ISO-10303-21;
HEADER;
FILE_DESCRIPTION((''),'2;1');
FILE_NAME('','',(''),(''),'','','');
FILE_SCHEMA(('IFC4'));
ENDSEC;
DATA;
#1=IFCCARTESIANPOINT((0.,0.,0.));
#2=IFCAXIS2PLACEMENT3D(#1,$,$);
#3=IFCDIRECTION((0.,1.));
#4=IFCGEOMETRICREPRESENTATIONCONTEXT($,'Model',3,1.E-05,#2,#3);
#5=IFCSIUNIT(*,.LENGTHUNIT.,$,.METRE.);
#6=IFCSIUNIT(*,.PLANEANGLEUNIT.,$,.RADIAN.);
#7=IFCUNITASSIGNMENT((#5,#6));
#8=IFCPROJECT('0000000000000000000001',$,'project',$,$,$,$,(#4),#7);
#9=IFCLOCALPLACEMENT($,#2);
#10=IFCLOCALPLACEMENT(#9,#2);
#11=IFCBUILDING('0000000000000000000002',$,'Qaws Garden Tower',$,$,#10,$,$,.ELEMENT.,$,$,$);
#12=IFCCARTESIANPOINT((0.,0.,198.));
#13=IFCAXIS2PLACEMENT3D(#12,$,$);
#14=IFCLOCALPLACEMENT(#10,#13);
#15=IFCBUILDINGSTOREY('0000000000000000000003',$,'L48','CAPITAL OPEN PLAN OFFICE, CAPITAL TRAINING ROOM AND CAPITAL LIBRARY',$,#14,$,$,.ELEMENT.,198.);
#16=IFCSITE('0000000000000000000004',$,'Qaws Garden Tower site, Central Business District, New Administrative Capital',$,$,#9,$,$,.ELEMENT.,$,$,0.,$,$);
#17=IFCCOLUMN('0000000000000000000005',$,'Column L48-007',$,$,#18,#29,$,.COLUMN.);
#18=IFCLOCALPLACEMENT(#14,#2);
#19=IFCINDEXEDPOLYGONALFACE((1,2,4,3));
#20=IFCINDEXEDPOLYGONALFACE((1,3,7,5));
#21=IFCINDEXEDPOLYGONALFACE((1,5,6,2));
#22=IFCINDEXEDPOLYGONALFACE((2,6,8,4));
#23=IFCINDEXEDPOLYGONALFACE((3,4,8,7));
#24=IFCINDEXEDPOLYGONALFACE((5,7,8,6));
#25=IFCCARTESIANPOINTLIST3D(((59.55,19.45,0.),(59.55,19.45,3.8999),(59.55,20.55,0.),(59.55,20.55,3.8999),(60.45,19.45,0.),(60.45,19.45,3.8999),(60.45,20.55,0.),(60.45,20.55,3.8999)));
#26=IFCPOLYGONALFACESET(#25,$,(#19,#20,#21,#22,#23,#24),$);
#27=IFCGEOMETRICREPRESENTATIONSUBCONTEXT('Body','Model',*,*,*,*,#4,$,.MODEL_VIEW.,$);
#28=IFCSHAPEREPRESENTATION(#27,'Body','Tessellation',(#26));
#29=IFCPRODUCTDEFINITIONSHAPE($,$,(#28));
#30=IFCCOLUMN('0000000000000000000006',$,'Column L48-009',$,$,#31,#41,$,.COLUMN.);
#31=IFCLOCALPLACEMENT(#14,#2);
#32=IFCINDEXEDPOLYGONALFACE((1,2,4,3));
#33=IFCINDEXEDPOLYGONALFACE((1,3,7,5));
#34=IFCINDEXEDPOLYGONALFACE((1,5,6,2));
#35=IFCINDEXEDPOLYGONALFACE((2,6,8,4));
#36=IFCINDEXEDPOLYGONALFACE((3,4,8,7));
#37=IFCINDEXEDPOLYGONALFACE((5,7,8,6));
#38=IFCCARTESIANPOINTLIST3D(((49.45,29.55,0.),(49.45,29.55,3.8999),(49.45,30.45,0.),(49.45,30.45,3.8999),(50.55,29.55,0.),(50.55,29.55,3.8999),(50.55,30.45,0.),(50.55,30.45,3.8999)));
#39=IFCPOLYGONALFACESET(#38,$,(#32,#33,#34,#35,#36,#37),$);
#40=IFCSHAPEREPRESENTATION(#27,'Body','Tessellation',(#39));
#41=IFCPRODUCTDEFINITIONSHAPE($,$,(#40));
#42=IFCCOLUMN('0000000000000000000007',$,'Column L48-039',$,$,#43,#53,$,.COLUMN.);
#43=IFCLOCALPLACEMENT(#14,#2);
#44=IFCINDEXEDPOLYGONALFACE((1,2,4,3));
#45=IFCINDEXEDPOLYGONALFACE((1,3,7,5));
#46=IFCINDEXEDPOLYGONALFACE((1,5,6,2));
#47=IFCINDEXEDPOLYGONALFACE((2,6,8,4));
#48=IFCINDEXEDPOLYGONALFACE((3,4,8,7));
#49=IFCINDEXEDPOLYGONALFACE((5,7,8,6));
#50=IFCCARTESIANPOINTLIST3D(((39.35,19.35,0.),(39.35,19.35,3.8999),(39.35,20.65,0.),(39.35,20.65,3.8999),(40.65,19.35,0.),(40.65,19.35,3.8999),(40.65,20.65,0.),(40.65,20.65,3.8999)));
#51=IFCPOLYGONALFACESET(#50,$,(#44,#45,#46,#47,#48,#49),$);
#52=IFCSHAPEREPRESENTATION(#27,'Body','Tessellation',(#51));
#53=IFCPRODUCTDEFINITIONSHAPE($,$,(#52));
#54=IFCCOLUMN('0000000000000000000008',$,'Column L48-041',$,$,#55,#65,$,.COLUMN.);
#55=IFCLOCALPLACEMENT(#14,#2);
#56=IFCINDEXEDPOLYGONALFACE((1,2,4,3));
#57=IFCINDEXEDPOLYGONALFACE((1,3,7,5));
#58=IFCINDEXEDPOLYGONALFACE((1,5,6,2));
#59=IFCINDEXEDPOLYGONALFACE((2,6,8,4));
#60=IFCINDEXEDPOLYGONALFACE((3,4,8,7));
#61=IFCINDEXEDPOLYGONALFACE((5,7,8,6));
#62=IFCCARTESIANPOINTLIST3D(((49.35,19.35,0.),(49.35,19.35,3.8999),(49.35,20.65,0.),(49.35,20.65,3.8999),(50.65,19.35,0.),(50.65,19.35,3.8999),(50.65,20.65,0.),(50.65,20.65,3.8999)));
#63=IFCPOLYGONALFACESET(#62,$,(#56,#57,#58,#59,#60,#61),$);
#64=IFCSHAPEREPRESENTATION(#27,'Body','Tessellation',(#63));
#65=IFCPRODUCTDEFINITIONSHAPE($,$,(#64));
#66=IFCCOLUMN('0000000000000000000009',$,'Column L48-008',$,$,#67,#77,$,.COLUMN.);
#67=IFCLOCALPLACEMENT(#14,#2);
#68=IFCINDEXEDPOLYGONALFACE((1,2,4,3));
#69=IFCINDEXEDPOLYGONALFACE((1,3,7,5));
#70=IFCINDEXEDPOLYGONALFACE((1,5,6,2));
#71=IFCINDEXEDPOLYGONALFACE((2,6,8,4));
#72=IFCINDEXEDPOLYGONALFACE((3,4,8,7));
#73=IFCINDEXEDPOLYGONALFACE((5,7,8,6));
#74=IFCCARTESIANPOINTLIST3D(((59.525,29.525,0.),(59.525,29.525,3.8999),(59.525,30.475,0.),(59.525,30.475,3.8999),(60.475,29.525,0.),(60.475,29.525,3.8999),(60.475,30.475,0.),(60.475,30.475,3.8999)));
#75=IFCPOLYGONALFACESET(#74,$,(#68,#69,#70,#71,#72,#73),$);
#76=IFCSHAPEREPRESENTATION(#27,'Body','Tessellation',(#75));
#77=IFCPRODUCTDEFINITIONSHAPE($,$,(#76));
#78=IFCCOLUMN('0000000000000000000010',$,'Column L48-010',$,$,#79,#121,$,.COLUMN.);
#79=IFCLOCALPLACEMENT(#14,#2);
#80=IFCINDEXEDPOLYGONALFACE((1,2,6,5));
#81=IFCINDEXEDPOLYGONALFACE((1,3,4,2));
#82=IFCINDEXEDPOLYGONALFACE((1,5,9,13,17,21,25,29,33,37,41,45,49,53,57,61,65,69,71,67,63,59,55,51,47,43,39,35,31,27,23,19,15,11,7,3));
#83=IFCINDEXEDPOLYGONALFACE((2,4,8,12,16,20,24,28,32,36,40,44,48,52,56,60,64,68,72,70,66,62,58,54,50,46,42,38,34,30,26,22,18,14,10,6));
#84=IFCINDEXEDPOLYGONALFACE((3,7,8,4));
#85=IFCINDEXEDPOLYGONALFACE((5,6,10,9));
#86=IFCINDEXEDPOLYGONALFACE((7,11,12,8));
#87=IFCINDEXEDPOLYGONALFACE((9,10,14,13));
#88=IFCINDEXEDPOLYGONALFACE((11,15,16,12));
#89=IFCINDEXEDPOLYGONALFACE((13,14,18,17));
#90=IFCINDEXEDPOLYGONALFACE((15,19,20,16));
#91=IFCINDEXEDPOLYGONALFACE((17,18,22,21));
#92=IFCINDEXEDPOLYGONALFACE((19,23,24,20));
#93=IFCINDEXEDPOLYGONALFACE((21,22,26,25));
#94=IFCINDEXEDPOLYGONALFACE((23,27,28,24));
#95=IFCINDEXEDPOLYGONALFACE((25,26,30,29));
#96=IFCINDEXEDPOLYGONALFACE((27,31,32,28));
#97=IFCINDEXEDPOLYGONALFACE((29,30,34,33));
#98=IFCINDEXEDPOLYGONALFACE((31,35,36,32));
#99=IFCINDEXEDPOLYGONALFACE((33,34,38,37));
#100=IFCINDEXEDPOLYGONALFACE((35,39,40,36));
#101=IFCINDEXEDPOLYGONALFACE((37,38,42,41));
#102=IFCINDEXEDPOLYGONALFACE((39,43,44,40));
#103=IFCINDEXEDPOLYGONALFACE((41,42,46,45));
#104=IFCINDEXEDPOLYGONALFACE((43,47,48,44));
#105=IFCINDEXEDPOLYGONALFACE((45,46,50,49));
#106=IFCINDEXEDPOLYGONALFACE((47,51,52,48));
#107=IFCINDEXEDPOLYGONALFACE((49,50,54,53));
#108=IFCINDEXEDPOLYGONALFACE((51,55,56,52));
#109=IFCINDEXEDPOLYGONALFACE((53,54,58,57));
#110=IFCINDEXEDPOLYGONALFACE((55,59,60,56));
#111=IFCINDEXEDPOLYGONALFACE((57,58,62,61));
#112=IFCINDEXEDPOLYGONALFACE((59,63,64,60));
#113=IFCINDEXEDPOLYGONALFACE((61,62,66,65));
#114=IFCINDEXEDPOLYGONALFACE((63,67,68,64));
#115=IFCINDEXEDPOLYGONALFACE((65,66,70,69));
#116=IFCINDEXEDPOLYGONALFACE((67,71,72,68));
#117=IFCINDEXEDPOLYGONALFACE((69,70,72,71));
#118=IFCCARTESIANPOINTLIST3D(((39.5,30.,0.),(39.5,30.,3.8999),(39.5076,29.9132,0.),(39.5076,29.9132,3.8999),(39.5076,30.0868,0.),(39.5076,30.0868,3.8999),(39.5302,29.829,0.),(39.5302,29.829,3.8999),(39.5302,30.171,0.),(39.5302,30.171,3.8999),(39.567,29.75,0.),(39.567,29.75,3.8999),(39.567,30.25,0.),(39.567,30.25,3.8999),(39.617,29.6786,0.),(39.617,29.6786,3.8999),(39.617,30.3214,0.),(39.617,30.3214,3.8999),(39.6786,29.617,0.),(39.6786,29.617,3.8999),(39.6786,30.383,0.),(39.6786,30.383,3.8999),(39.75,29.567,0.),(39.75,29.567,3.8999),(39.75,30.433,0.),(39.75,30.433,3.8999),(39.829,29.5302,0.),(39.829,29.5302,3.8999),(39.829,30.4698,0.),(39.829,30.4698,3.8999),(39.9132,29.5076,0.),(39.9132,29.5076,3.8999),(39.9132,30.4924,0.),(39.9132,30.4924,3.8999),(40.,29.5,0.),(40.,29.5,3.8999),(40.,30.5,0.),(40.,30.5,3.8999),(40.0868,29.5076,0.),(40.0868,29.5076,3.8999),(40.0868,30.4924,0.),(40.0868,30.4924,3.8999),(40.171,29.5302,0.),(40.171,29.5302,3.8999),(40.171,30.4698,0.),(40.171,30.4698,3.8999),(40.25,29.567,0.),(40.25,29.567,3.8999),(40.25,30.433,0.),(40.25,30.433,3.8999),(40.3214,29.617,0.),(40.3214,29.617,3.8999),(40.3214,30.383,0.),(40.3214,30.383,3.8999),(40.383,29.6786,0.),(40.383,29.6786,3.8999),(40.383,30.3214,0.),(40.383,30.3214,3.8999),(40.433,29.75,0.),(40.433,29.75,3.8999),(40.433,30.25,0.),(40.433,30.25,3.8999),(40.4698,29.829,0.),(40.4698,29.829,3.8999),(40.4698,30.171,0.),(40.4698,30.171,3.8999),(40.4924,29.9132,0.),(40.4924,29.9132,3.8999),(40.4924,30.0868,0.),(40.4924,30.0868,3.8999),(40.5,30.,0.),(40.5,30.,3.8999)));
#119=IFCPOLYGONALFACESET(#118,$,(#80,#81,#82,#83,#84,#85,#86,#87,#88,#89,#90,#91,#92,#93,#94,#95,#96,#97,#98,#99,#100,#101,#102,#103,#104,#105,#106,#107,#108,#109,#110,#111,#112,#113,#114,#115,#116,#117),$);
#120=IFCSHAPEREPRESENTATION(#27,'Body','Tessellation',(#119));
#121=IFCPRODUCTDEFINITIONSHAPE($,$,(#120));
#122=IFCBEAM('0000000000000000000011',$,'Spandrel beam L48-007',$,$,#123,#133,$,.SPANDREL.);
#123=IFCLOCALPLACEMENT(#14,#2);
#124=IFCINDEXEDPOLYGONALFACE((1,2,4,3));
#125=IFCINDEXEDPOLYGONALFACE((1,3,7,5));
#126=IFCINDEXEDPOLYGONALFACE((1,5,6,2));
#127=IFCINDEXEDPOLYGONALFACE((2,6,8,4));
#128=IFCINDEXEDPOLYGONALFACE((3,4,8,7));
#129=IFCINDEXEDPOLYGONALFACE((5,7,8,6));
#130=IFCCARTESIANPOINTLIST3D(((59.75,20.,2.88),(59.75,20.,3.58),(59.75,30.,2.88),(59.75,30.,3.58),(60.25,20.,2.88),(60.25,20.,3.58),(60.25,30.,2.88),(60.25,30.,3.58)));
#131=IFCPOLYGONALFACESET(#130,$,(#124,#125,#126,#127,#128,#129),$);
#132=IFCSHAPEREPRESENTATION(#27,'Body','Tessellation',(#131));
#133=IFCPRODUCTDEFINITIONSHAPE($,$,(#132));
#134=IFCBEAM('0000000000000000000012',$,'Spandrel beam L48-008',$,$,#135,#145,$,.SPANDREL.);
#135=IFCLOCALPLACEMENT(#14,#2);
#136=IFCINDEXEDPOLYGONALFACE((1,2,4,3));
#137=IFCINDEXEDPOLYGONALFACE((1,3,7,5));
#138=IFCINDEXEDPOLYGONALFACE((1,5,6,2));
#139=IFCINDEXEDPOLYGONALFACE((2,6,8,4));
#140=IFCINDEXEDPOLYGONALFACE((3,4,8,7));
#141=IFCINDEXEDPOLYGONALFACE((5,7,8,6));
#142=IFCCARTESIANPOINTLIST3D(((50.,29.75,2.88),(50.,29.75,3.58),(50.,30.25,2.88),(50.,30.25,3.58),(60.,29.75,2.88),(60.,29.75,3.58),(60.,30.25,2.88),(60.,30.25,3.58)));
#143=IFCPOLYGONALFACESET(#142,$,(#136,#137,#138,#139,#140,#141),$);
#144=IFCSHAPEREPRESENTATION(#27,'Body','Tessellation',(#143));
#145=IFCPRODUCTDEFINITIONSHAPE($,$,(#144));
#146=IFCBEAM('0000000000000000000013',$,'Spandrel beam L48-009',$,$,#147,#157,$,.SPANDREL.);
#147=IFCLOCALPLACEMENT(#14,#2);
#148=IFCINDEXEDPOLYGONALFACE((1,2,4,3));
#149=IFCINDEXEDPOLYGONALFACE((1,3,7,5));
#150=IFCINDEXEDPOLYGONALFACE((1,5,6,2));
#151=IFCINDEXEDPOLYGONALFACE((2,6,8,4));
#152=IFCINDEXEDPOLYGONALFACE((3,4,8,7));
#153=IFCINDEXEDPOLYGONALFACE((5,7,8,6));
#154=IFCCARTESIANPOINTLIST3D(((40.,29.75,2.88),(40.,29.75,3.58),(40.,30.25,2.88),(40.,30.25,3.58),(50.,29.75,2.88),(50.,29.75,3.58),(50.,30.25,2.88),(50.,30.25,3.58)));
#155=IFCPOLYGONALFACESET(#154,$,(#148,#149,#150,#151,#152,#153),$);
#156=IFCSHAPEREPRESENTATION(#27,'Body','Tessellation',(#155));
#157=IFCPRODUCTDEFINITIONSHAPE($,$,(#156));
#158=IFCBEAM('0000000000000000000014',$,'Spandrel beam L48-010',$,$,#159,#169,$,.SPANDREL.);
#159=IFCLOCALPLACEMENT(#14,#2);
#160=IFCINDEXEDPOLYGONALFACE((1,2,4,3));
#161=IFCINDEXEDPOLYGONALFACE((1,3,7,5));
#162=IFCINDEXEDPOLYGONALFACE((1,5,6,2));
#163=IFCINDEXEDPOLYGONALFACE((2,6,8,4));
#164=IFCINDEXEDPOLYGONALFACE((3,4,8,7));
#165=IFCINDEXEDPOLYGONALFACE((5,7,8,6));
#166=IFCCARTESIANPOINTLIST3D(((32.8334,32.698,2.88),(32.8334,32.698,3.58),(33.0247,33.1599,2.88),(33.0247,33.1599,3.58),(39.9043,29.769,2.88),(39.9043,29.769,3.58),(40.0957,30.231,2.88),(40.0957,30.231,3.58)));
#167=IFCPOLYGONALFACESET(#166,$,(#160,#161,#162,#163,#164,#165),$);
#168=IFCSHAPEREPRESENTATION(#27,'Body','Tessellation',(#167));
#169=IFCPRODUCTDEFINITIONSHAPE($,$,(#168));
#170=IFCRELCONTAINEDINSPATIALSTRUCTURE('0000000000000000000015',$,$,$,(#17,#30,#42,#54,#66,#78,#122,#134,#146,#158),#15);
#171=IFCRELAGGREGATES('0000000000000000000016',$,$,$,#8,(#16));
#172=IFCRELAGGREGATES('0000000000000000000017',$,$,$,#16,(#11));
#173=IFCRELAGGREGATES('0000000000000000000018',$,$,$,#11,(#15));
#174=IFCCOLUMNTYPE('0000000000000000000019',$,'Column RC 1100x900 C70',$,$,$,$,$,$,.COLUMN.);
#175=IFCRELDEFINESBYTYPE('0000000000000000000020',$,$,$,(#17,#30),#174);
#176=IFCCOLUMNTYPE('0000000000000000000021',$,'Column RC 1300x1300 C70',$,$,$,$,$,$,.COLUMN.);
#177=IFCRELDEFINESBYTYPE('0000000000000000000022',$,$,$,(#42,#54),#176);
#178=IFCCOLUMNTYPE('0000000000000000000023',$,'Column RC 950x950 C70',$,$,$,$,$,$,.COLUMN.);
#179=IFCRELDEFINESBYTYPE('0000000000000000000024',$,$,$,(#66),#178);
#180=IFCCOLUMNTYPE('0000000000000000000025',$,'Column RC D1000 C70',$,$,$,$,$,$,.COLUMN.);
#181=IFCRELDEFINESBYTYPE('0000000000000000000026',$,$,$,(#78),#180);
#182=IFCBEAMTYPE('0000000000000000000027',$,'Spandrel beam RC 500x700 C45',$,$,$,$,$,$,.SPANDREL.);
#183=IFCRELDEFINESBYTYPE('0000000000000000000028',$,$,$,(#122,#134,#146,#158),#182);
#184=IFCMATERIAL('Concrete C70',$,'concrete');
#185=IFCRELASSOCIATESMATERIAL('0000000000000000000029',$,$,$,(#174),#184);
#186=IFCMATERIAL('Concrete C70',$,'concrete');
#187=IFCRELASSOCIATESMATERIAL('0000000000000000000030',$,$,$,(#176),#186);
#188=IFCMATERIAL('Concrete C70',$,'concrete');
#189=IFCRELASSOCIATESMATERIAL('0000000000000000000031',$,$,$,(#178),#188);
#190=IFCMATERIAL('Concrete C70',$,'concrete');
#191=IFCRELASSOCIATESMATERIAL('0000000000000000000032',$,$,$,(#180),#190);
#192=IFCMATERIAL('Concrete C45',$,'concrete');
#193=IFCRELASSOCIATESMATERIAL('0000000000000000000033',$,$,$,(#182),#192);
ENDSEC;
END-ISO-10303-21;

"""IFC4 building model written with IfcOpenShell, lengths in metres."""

from ifc_helpers import new_model, si_unit, direction, frame, origin, origin_2d, place, context, subcontext, project, spatial, rectangle, circle, extrude, material, material_profile, profile_set, type_object, element, save


model = new_model("IFC4")

# Units and contexts
model_context = context("Model", 3, precision=1e-05, world=origin(), true_north=direction((0.0, 1.0)))
body_context = subcontext(model_context, "Body", "Model", "MODEL_VIEW")
ifc_project = project(units=[si_unit("LENGTHUNIT", "METRE"), si_unit("PLANEANGLEUNIT", "RADIAN")], contexts=[model_context])

# Site, building, storey
site_placement = place(None, origin())
site = spatial("IfcSite", under=ifc_project, at=site_placement, Name="Qaws Garden Tower site, Central Business District, New Administrative Capital", CompositionType="ELEMENT", RefElevation=0.0)
building_placement = place(site_placement, origin())
building = spatial("IfcBuilding", under=site, at=building_placement, Name="Qaws Garden Tower", CompositionType="ELEMENT")
storey_placement = place(building_placement, frame((0.0, 0.0, 198.0)))
storey = spatial("IfcBuildingStorey", under=building, at=storey_placement, Name="L48", Description="CAPITAL OPEN PLAN OFFICE, CAPITAL TRAINING ROOM AND CAPITAL LIBRARY", CompositionType="ELEMENT", Elevation=198.0)

# Columns
ifc_material_1 = material(Name="Concrete C70", Category="concrete")
ifc_material_profile_1 = material_profile(ifc_material_1, rectangle(XDim=1.1001, YDim=0.8999, at=origin_2d()), Name="RC 1100x900")
ifc_profile_set_1 = profile_set([ifc_material_profile_1], Name="Concrete C70")
column_type_1 = type_object("IfcColumnType", Name="Column RC 1100x900 C70", PredefinedType="COLUMN", material=ifc_profile_set_1)
for number, where, z_axis, x_axis, name in (
    (1, (60.0, 20.0, 0.0), (0.0, 0.0, 1.0), (0.0, 1.0, 0.0), "Column L48-007"),
    (2, (50.0, 30.0, 0.0), (0.0, 0.0, 1.0), (1.0, 0.0, 0.0), "Column L48-009"),
):
    element("IfcColumn", number, at=place(storey_placement, frame(where, z_axis=z_axis, x_axis=x_axis)), inside=storey, type_object=column_type_1, Name=name, PredefinedType="COLUMN", context=body_context, shape_type="SweptSolid", body=[
        extrude(rectangle(XDim=1.1001, YDim=0.8999, at=origin_2d()), origin(), (0.0, 0.0, 1.0), 3.8999),
    ])
ifc_material_2 = material(Name="Concrete C70", Category="concrete")
ifc_material_profile_2 = material_profile(ifc_material_2, rectangle(XDim=1.3, YDim=1.3, at=origin_2d()), Name="RC 1300x1300")
ifc_profile_set_2 = profile_set([ifc_material_profile_2], Name="Concrete C70")
column_type_2 = type_object("IfcColumnType", Name="Column RC 1300x1300 C70", PredefinedType="COLUMN", material=ifc_profile_set_2)
for number, where, z_axis, x_axis, name in (
    (3, (40.0, 20.0, 0.0), (0.0, 0.0, 1.0), (1.0, 0.0, 0.0), "Column L48-039"),
    (4, (50.0, 20.0, 0.0), (0.0, 0.0, 1.0), (1.0, 0.0, 0.0), "Column L48-041"),
):
    element("IfcColumn", number, at=place(storey_placement, frame(where, z_axis=z_axis, x_axis=x_axis)), inside=storey, type_object=column_type_2, Name=name, PredefinedType="COLUMN", context=body_context, shape_type="SweptSolid", body=[
        extrude(rectangle(XDim=1.3, YDim=1.3, at=origin_2d()), origin(), (0.0, 0.0, 1.0), 3.8999),
    ])
ifc_material_3 = material(Name="Concrete C70", Category="concrete")
ifc_material_profile_3 = material_profile(ifc_material_3, rectangle(XDim=0.95, YDim=0.95, at=origin_2d()), Name="RC 950x950")
ifc_profile_set_3 = profile_set([ifc_material_profile_3], Name="Concrete C70")
column_type_3 = type_object("IfcColumnType", Name="Column RC 950x950 C70", PredefinedType="COLUMN", material=ifc_profile_set_3)
column_1_placement = place(storey_placement, frame((60.0, 30.0, 0.0), z_axis=(0.0, 0.0, 1.0), x_axis=(1.0, 0.0, 0.0)))
element("IfcColumn", 5, at=column_1_placement, inside=storey, type_object=column_type_3, Name="Column L48-008", PredefinedType="COLUMN", context=body_context, shape_type="SweptSolid", body=[
    extrude(rectangle(XDim=0.95, YDim=0.95, at=origin_2d()), origin(), (0.0, 0.0, 1.0), 3.8999),
])
ifc_material_4 = material(Name="Concrete C70", Category="concrete")
ifc_material_profile_4 = material_profile(ifc_material_4, circle(Radius=0.5, at=origin_2d()), Name="RC D1000")
ifc_profile_set_4 = profile_set([ifc_material_profile_4], Name="Concrete C70")
column_type_4 = type_object("IfcColumnType", Name="Column RC D1000 C70", PredefinedType="COLUMN", material=ifc_profile_set_4)
column_2_placement = place(storey_placement, frame((40.0, 30.0, 0.0), z_axis=(0.0, 0.0, 1.0), x_axis=(1.0, 0.0, 0.0)))
element("IfcColumn", 6, at=column_2_placement, inside=storey, type_object=column_type_4, Name="Column L48-010", PredefinedType="COLUMN", context=body_context, shape_type="SweptSolid", body=[
    extrude(circle(Radius=0.5, at=origin_2d()), origin(), (0.0, 0.0, 1.0), 3.8999),
])

# Beams
ifc_material_5 = material(Name="Concrete C45", Category="concrete")
ifc_material_profile_5 = material_profile(ifc_material_5, rectangle(XDim=0.5, YDim=0.7, at=origin_2d()), Name="RC 500x700")
ifc_profile_set_5 = profile_set([ifc_material_profile_5], Name="Concrete C45")
beam_type = type_object("IfcBeamType", Name="Spandrel beam RC 500x700 C45", PredefinedType="SPANDREL", material=ifc_profile_set_5)
for number, where, z_axis, x_axis, name in (
    (7, (60.0, 20.0, 3.23), (0.0, 1.0, 0.0), (-1.0, 0.0, 0.0), "Spandrel beam L48-007"),
    (8, (60.0, 30.0, 3.23), (-1.0, 0.0, 0.0), (0.0, -1.0, 0.0), "Spandrel beam L48-008"),
    (9, (50.0, 30.0, 3.23), (-1.0, 0.0, 0.0), (0.0, -1.0, 0.0), "Spandrel beam L48-009"),
):
    element("IfcBeam", number, at=place(storey_placement, frame(where, z_axis=z_axis, x_axis=x_axis)), inside=storey, type_object=beam_type, Name=name, PredefinedType="SPANDREL", context=body_context, shape_type="SweptSolid", body=[
        extrude(rectangle(XDim=0.5, YDim=0.7, at=origin_2d()), origin(), (0.0, 0.0, 1.0), 10.0),
    ])
beam_placement = place(storey_placement, frame((40.0, 30.0, 3.23), z_axis=(-0.923878, 0.382687, 0.0), x_axis=(-0.382687, -0.923878, 0.0)))
element("IfcBeam", 10, at=beam_placement, inside=storey, type_object=beam_type, Name="Spandrel beam L48-010", PredefinedType="SPANDREL", context=body_context, shape_type="SweptSolid", body=[
    extrude(rectangle(XDim=0.5, YDim=0.7, at=origin_2d()), origin(), (0.0, 0.0, 1.0), 7.6536),
])

save(model, "model.ifc")
